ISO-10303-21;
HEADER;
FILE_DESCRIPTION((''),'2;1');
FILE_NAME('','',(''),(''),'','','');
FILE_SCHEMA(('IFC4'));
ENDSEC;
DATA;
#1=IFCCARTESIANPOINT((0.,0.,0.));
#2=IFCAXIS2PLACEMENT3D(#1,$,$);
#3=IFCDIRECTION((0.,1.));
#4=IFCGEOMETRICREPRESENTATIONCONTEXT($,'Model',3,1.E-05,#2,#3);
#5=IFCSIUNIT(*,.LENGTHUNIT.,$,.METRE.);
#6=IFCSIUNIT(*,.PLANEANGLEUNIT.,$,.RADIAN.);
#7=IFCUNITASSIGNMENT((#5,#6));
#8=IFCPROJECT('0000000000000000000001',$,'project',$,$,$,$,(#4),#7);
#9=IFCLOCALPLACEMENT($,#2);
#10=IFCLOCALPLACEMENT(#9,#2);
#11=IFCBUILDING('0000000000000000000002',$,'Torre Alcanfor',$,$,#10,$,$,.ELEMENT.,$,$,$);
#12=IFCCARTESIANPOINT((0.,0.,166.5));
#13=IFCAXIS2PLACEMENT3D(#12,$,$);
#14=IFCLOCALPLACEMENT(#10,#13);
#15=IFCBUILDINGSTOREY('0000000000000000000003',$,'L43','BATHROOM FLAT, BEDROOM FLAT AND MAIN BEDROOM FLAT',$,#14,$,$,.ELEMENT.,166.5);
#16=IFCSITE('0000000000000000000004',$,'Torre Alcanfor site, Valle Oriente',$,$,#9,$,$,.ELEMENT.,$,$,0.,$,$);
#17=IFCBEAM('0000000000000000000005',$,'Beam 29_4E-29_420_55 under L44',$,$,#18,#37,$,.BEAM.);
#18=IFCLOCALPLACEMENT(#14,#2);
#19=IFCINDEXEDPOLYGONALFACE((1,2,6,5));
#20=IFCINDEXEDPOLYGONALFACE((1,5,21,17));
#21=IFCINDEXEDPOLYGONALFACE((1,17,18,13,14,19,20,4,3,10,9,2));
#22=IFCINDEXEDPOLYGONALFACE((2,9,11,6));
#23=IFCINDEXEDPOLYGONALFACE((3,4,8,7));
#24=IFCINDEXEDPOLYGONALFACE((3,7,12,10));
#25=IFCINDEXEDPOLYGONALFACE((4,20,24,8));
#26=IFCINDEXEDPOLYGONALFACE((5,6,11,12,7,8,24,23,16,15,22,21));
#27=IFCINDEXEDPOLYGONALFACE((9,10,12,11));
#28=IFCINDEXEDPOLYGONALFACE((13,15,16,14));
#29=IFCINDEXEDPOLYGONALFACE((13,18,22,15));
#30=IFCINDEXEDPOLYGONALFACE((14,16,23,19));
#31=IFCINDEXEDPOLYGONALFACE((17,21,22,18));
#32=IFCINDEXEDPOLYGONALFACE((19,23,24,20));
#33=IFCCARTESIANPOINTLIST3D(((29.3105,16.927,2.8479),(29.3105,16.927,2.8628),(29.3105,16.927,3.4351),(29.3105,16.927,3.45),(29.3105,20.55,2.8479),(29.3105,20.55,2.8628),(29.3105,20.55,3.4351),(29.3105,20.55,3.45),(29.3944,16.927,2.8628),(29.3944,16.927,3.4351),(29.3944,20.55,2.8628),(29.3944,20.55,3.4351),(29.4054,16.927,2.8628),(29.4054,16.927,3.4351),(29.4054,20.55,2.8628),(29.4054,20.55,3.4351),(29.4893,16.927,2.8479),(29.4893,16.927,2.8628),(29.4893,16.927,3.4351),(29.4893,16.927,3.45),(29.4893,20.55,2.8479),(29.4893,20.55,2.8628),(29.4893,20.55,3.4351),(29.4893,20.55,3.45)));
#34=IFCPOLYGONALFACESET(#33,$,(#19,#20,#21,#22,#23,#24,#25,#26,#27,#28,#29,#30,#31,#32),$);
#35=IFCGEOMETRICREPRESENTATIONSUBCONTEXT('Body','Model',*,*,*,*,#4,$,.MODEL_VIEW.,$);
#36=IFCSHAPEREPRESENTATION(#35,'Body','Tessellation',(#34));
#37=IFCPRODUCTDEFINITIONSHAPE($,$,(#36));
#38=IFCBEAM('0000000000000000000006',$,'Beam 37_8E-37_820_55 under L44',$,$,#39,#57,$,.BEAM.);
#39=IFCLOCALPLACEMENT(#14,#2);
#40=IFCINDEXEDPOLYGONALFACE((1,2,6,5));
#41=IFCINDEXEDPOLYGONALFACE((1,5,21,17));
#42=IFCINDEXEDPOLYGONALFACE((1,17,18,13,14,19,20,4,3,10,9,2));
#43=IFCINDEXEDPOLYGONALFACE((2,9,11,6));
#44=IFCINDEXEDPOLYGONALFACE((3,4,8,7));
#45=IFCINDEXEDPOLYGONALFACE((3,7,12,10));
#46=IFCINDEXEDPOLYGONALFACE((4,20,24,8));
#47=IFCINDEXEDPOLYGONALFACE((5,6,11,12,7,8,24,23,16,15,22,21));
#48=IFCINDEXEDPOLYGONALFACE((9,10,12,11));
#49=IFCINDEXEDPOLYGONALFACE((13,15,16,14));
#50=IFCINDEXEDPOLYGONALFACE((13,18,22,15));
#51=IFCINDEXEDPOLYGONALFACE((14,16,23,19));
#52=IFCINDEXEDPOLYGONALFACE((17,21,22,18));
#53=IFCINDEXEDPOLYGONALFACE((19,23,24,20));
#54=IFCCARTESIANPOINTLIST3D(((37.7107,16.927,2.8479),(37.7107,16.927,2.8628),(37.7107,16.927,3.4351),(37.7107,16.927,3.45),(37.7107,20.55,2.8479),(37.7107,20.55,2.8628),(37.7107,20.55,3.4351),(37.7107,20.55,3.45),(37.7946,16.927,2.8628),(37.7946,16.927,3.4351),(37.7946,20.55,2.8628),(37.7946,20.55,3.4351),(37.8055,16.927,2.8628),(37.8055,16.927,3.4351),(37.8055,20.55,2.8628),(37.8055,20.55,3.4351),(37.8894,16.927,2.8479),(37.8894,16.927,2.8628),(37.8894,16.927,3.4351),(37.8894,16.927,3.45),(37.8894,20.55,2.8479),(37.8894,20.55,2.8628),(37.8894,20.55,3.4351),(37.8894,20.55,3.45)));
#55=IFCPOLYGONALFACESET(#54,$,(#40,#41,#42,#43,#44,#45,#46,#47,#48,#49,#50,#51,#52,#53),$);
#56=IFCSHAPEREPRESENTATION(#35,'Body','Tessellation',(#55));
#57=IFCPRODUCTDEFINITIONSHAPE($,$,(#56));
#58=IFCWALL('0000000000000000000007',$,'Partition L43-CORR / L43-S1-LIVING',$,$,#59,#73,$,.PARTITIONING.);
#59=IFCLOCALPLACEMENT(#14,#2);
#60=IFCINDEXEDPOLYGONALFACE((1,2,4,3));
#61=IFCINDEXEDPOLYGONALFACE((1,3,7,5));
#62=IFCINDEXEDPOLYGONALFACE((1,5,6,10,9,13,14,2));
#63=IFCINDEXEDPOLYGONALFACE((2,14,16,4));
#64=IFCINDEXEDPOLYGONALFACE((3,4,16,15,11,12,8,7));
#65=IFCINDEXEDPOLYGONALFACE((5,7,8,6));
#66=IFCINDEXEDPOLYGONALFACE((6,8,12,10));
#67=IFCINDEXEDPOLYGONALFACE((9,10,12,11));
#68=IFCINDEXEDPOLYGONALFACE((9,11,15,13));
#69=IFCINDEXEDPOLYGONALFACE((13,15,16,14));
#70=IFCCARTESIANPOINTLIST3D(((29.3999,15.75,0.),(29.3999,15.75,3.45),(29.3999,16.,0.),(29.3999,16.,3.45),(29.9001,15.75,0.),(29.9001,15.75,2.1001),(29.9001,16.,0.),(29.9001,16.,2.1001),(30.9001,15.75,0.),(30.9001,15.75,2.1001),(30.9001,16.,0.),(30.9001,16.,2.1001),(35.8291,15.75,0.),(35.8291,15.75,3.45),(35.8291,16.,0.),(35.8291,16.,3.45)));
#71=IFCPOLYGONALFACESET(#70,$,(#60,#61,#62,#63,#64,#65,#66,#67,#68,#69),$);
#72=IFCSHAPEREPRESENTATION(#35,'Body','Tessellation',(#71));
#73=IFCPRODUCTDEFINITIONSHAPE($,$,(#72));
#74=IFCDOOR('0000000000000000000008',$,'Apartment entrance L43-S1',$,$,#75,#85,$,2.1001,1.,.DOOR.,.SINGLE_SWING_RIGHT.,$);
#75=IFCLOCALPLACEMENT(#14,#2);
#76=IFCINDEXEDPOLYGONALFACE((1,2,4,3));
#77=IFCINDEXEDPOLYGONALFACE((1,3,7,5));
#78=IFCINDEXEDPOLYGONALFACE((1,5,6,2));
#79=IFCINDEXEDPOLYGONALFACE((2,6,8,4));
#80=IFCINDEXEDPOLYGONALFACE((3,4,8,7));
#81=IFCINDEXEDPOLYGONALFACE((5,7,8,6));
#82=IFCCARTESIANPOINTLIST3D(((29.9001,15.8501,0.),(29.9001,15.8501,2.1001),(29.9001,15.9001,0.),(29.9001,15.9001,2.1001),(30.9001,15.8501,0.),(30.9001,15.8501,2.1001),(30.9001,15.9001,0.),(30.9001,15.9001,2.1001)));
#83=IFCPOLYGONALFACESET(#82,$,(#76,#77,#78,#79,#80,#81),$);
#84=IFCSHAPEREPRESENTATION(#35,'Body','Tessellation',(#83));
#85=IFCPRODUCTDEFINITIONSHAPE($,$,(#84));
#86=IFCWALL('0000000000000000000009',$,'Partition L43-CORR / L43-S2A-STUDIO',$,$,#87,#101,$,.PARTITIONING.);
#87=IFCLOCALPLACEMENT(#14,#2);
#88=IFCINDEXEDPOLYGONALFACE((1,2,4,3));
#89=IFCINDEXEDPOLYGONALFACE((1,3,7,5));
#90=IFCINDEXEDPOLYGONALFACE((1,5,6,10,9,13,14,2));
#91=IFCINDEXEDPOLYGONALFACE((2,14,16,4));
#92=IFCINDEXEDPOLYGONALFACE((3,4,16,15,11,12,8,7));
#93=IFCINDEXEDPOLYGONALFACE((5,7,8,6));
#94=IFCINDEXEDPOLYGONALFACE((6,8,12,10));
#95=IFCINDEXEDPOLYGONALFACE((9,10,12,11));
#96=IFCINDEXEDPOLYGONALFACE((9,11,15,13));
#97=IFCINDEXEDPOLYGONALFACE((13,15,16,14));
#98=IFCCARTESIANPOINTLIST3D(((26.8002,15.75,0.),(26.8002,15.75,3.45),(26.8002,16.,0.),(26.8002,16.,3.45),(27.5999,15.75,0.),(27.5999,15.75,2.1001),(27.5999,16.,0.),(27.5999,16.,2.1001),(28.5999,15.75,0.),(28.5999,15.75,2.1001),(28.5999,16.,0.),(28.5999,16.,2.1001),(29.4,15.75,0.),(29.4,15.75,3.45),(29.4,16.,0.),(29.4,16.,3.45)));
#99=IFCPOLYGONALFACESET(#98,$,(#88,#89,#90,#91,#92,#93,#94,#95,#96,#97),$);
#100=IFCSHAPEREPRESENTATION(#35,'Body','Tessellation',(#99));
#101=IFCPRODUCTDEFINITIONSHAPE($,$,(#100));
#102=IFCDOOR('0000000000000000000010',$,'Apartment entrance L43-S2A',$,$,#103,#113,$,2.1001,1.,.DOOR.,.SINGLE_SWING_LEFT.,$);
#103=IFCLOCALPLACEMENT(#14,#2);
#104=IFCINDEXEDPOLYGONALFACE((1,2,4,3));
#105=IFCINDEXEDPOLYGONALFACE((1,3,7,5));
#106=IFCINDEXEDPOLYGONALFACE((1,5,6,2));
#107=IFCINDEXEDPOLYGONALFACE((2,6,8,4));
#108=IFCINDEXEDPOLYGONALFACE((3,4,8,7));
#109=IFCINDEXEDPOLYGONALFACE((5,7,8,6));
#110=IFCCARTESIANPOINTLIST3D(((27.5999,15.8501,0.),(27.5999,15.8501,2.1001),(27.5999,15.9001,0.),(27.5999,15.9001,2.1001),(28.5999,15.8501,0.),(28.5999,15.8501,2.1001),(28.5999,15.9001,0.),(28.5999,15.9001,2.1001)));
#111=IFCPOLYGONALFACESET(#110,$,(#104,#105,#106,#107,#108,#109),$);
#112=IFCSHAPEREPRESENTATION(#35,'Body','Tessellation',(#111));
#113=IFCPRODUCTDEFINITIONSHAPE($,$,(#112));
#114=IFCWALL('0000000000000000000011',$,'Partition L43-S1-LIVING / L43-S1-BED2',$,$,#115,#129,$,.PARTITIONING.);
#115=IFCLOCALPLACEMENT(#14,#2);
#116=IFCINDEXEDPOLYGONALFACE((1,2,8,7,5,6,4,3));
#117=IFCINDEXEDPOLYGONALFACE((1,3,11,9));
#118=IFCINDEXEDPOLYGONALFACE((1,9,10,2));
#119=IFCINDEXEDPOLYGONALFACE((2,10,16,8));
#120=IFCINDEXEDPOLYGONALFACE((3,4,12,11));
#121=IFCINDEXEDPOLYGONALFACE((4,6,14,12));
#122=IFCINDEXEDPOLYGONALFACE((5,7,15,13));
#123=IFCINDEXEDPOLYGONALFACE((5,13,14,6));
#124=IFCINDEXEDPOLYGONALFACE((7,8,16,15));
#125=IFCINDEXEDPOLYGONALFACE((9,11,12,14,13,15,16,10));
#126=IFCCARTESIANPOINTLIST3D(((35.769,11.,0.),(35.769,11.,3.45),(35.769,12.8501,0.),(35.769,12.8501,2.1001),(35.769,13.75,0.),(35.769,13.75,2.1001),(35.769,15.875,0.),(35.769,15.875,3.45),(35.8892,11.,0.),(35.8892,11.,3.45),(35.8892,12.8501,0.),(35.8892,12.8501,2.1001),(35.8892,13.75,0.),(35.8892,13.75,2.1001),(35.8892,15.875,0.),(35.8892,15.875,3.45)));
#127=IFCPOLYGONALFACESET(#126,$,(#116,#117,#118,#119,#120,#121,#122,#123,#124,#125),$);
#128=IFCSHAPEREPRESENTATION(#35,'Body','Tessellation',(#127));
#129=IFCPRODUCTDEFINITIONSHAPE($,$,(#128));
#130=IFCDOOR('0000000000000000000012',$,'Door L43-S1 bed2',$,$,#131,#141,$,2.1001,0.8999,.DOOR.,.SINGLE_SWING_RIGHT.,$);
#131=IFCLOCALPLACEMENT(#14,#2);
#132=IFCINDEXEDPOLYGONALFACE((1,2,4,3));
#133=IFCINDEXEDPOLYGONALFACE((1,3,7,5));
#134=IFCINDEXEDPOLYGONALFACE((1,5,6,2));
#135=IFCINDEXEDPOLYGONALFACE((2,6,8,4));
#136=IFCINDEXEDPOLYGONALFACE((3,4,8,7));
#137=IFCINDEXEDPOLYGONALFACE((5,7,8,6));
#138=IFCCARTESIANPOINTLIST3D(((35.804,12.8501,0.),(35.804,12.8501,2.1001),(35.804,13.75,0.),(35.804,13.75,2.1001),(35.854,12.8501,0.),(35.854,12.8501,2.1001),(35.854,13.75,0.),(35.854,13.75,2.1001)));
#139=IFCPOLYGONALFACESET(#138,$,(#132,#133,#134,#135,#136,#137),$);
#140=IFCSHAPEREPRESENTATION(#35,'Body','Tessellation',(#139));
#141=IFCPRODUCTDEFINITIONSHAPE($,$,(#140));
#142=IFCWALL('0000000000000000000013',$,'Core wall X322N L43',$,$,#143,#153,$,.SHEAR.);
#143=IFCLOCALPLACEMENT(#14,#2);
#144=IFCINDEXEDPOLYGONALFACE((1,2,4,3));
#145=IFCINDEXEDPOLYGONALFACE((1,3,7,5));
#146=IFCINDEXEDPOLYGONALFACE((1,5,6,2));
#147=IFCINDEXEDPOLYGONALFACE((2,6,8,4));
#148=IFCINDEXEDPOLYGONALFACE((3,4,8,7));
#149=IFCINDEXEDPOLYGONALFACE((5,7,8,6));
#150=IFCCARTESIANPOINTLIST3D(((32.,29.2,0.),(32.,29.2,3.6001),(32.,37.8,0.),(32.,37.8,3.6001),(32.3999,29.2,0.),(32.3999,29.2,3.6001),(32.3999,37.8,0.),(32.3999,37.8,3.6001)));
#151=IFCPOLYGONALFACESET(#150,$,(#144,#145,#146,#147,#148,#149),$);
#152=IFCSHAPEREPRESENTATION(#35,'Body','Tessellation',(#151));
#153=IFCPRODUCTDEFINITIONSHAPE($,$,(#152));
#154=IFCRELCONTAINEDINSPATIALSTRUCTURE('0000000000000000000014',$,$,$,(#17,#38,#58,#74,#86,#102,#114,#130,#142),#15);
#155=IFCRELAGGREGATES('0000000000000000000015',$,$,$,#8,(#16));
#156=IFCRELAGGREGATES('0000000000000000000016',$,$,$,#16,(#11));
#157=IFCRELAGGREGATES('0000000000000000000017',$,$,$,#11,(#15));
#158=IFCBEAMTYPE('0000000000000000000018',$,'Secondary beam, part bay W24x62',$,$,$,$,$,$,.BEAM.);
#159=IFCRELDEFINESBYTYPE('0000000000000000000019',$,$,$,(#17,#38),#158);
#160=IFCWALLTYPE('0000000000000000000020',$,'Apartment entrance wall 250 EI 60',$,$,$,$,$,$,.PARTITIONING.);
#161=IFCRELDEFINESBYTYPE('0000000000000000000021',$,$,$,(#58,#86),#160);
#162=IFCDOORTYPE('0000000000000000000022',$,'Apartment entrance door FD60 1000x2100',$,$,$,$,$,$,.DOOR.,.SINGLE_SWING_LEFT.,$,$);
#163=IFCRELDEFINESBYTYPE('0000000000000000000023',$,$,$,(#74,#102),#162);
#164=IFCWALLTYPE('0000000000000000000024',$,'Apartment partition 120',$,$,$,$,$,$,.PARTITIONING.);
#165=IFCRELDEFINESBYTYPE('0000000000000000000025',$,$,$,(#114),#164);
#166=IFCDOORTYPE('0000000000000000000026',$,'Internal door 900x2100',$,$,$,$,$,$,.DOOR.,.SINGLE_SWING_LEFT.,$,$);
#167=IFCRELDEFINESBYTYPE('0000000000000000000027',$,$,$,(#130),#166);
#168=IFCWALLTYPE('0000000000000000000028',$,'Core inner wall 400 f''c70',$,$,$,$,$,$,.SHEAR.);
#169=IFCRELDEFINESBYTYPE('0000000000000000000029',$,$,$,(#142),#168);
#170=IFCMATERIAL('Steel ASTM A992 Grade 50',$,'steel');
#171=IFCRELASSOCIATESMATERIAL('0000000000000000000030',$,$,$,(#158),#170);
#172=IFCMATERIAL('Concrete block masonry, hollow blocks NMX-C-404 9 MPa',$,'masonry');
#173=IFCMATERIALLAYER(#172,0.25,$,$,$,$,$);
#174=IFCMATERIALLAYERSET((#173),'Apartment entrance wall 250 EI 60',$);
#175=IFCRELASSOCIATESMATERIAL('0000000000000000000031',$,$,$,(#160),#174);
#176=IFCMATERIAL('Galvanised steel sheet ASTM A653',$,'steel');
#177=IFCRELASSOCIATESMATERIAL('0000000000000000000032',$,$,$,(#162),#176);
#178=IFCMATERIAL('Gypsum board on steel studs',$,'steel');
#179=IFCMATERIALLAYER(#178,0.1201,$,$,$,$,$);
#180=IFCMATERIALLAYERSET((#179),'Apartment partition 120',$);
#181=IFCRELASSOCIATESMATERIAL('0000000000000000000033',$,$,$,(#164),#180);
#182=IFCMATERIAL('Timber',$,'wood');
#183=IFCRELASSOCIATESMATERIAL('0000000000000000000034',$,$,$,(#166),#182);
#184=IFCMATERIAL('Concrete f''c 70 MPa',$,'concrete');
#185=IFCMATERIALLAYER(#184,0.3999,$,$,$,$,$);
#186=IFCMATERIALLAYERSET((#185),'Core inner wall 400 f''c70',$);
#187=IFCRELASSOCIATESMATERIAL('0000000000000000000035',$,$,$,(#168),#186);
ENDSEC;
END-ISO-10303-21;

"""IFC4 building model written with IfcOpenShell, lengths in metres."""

from ifc_helpers import new_model, si_unit, direction, frame, frame_2d, origin, origin_2d, place, context, subcontext, project, spatial, rectangle, i_section, extrude, material, layer, layer_set, material_profile, profile_set, type_object, element, fill, save


model = new_model("IFC4")

# Units and contexts
model_context = context("Model", 3, precision=1e-05, world=origin(), true_north=direction((0.0, 1.0)))
body_context = subcontext(model_context, "Body", "Model", "MODEL_VIEW")
ifc_project = project(units=[si_unit("LENGTHUNIT", "METRE"), si_unit("PLANEANGLEUNIT", "RADIAN")], contexts=[model_context])

# Site, building, storey
site_placement = place(None, origin())
site = spatial("IfcSite", under=ifc_project, at=site_placement, Name="Torre Alcanfor site, Valle Oriente", CompositionType="ELEMENT", RefElevation=0.0)
building_placement = place(site_placement, origin())
building = spatial("IfcBuilding", under=site, at=building_placement, Name="Torre Alcanfor", CompositionType="ELEMENT")
storey_placement = place(building_placement, frame((0.0, 0.0, 166.5)))
storey = spatial("IfcBuildingStorey", under=building, at=storey_placement, Name="L43", Description="BATHROOM FLAT, BEDROOM FLAT AND MAIN BEDROOM FLAT", CompositionType="ELEMENT", Elevation=166.5)

# Beams
ifc_material_1 = material(Name="Steel ASTM A992 Grade 50", Category="steel")
ifc_material_profile_1 = material_profile(ifc_material_1, i_section(OverallWidth=0.1787, OverallDepth=0.6021, WebThickness=0.011, FlangeThickness=0.0149, at=origin_2d()), Name="W24x62")
ifc_profile_set_1 = profile_set([ifc_material_profile_1], Name="Steel ASTM A992 Grade 50")
beam_type_1 = type_object("IfcBeamType", Name="Secondary beam, part bay W24x62", PredefinedType="BEAM", material=ifc_profile_set_1)
for number, where, z_axis, x_axis, name in (
    (1, (29.3999, 16.927, 3.1489), (0.0, 1.0, 0.0), (-1.0, 0.0, 0.0), "Beam 29_4E-29_420_55 under L44"),
    (2, (37.8, 16.927, 3.1489), (0.0, 1.0, 0.0), (-1.0, 0.0, 0.0), "Beam 37_8E-37_820_55 under L44"),
):
    element("IfcBeam", number, at=place(storey_placement, frame(where, z_axis=z_axis, x_axis=x_axis)), inside=storey, type_object=beam_type_1, Name=name, PredefinedType="BEAM", context=body_context, shape_type="SweptSolid", body=[
        extrude(i_section(OverallWidth=0.1787, OverallDepth=0.6021, WebThickness=0.011, FlangeThickness=0.0149, at=origin_2d()), origin(), (0.0, 0.0, 1.0), 3.623),
    ])

# Walls, openings, doors
ifc_material_2 = material(Name="Concrete block masonry, hollow blocks NMX-C-404 9 MPa", Category="masonry")
ifc_layer_1 = layer(ifc_material_2, 0.25)
ifc_layer_set_1 = layer_set([ifc_layer_1], Name="Apartment entrance wall 250 EI 60")
wall_type_1 = type_object("IfcWallType", Name="Apartment entrance wall 250 EI 60", PredefinedType="PARTITIONING", material=ifc_layer_set_1)
wall_1_placement = place(storey_placement, frame((35.8291, 15.875, 0.0), z_axis=(0.0, 0.0, 1.0), x_axis=(-1.0, 0.0, 0.0)))
wall_1 = element("IfcWall", 3, at=wall_1_placement, inside=storey, type_object=wall_type_1, Name="Partition L43-CORR / L43-S1-LIVING", PredefinedType="PARTITIONING", context=body_context, shape_type="SweptSolid", body=[
    extrude(rectangle(XDim=6.4292, YDim=0.25, at=frame_2d((3.2146, 0.0))), origin(), (0.0, 0.0, 1.0), 3.45),
])
opening_1_placement = place(wall_1_placement, frame((4.929, 0.0, 0.0)))
opening_1 = element("IfcOpeningElement", 4, at=opening_1_placement, cuts=wall_1, PredefinedType="OPENING", context=body_context, shape_type="SweptSolid", body=[
    extrude(rectangle(XDim=1.0, YDim=2.1001, at=frame_2d((0.5, 1.05))), frame((0.0, 0.135, 0.0), z_axis=(0.0, -1.0, 0.0), x_axis=(1.0, 0.0, 0.0)), (0.0, 0.0, 1.0), 0.27),
])
ifc_material_3 = material(Name="Galvanised steel sheet ASTM A653", Category="steel")
door_type_1 = type_object("IfcDoorType", Name="Apartment entrance door FD60 1000x2100", OperationType="SINGLE_SWING_LEFT", PredefinedType="DOOR", material=ifc_material_3)
door_1_placement = place(opening_1_placement, origin())
door_1 = element("IfcDoor", 5, at=door_1_placement, inside=storey, type_object=door_type_1, Name="Apartment entrance L43-S1", OperationType="SINGLE_SWING_RIGHT", OverallHeight=2.1001, OverallWidth=1.0, PredefinedType="DOOR", context=body_context, shape_type="SweptSolid", body=[
    extrude(rectangle(XDim=1.0, YDim=2.1001, at=frame_2d((0.5, 1.05))), frame((0.0, 0.0249, 0.0), z_axis=(0.0, -1.0, 0.0), x_axis=(1.0, 0.0, 0.0)), (0.0, 0.0, 1.0), 0.05),
])
fill(opening_1, door_1)
wall_2_placement = place(storey_placement, frame((29.3999, 15.875, 0.0), z_axis=(0.0, 0.0, 1.0), x_axis=(-1.0, 0.0, 0.0)))
wall_2 = element("IfcWall", 6, at=wall_2_placement, inside=storey, type_object=wall_type_1, Name="Partition L43-CORR / L43-S2A-STUDIO", PredefinedType="PARTITIONING", context=body_context, shape_type="SweptSolid", body=[
    extrude(rectangle(XDim=2.5999, YDim=0.25, at=frame_2d((1.2998, 0.0))), origin(), (0.0, 0.0, 1.0), 3.45),
])
opening_2_placement = place(wall_2_placement, frame((0.8, 0.0, 0.0)))
opening_2 = element("IfcOpeningElement", 7, at=opening_2_placement, cuts=wall_2, PredefinedType="OPENING", context=body_context, shape_type="SweptSolid", body=[
    extrude(rectangle(XDim=1.0, YDim=2.1001, at=frame_2d((0.5, 1.05))), frame((0.0, 0.135, 0.0), z_axis=(0.0, -1.0, 0.0), x_axis=(1.0, 0.0, 0.0)), (0.0, 0.0, 1.0), 0.27),
])
door_2_placement = place(opening_2_placement, origin())
door_2 = element("IfcDoor", 8, at=door_2_placement, inside=storey, type_object=door_type_1, Name="Apartment entrance L43-S2A", OperationType="SINGLE_SWING_LEFT", OverallHeight=2.1001, OverallWidth=1.0, PredefinedType="DOOR", context=body_context, shape_type="SweptSolid", body=[
    extrude(rectangle(XDim=1.0, YDim=2.1001, at=frame_2d((0.5, 1.05))), frame((0.0, 0.0249, 0.0), z_axis=(0.0, -1.0, 0.0), x_axis=(1.0, 0.0, 0.0)), (0.0, 0.0, 1.0), 0.05),
])
fill(opening_2, door_2)
ifc_material_4 = material(Name="Gypsum board on steel studs", Category="steel")
ifc_layer_2 = layer(ifc_material_4, 0.1201)
ifc_layer_set_2 = layer_set([ifc_layer_2], Name="Apartment partition 120")
wall_type_2 = type_object("IfcWallType", Name="Apartment partition 120", PredefinedType="PARTITIONING", material=ifc_layer_set_2)
wall_3_placement = place(storey_placement, frame((35.8291, 15.875, 0.0), z_axis=(0.0, 0.0, 1.0), x_axis=(0.0, -1.0, 0.0)))
wall_3 = element("IfcWall", 9, at=wall_3_placement, inside=storey, type_object=wall_type_2, Name="Partition L43-S1-LIVING / L43-S1-BED2", PredefinedType="PARTITIONING", context=body_context, shape_type="SweptSolid", body=[
    extrude(rectangle(XDim=4.875, YDim=0.1201, at=frame_2d((2.4375, 0.0))), origin(), (0.0, 0.0, 1.0), 3.45),
])
opening_3_placement = place(wall_3_placement, frame((2.125, 0.0, 0.0)))
opening_3 = element("IfcOpeningElement", 10, at=opening_3_placement, cuts=wall_3, PredefinedType="OPENING", context=body_context, shape_type="SweptSolid", body=[
    extrude(rectangle(XDim=0.8999, YDim=2.1001, at=frame_2d((0.45, 1.05))), frame((0.0, 0.0701, 0.0), z_axis=(0.0, -1.0, 0.0), x_axis=(1.0, 0.0, 0.0)), (0.0, 0.0, 1.0), 0.1401),
])
ifc_material_5 = material(Name="Timber", Category="wood")
door_type_2 = type_object("IfcDoorType", Name="Internal door 900x2100", OperationType="SINGLE_SWING_LEFT", PredefinedType="DOOR", material=ifc_material_5)
door_3_placement = place(opening_3_placement, origin())
door_3 = element("IfcDoor", 11, at=door_3_placement, inside=storey, type_object=door_type_2, Name="Door L43-S1 bed2", OperationType="SINGLE_SWING_RIGHT", OverallHeight=2.1001, OverallWidth=0.8999, PredefinedType="DOOR", context=body_context, shape_type="SweptSolid", body=[
    extrude(rectangle(XDim=0.8999, YDim=2.1001, at=frame_2d((0.45, 1.05))), frame((0.0, 0.0249, 0.0), z_axis=(0.0, -1.0, 0.0), x_axis=(1.0, 0.0, 0.0)), (0.0, 0.0, 1.0), 0.05),
])
fill(opening_3, door_3)

# Wall
ifc_material_6 = material(Name="Concrete f'c 70 MPa", Category="concrete")
ifc_layer_3 = layer(ifc_material_6, 0.3999)
ifc_layer_set_3 = layer_set([ifc_layer_3], Name="Core inner wall 400 f'c70")
wall_type_3 = type_object("IfcWallType", Name="Core inner wall 400 f'c70", PredefinedType="SHEAR", material=ifc_layer_set_3)
wall_4_placement = place(storey_placement, frame((32.2, 29.2, 0.0), z_axis=(0.0, 0.0, 1.0), x_axis=(0.0, 1.0, 0.0)))
element("IfcWall", 12, at=wall_4_placement, inside=storey, type_object=wall_type_3, Name="Core wall X322N L43", PredefinedType="SHEAR", context=body_context, shape_type="SweptSolid", body=[
    extrude(rectangle(XDim=8.6001, YDim=0.3999, at=frame_2d((4.3, 0.0))), origin(), (0.0, 0.0, 1.0), 3.6001),
])

save(model, "model.ifc")
